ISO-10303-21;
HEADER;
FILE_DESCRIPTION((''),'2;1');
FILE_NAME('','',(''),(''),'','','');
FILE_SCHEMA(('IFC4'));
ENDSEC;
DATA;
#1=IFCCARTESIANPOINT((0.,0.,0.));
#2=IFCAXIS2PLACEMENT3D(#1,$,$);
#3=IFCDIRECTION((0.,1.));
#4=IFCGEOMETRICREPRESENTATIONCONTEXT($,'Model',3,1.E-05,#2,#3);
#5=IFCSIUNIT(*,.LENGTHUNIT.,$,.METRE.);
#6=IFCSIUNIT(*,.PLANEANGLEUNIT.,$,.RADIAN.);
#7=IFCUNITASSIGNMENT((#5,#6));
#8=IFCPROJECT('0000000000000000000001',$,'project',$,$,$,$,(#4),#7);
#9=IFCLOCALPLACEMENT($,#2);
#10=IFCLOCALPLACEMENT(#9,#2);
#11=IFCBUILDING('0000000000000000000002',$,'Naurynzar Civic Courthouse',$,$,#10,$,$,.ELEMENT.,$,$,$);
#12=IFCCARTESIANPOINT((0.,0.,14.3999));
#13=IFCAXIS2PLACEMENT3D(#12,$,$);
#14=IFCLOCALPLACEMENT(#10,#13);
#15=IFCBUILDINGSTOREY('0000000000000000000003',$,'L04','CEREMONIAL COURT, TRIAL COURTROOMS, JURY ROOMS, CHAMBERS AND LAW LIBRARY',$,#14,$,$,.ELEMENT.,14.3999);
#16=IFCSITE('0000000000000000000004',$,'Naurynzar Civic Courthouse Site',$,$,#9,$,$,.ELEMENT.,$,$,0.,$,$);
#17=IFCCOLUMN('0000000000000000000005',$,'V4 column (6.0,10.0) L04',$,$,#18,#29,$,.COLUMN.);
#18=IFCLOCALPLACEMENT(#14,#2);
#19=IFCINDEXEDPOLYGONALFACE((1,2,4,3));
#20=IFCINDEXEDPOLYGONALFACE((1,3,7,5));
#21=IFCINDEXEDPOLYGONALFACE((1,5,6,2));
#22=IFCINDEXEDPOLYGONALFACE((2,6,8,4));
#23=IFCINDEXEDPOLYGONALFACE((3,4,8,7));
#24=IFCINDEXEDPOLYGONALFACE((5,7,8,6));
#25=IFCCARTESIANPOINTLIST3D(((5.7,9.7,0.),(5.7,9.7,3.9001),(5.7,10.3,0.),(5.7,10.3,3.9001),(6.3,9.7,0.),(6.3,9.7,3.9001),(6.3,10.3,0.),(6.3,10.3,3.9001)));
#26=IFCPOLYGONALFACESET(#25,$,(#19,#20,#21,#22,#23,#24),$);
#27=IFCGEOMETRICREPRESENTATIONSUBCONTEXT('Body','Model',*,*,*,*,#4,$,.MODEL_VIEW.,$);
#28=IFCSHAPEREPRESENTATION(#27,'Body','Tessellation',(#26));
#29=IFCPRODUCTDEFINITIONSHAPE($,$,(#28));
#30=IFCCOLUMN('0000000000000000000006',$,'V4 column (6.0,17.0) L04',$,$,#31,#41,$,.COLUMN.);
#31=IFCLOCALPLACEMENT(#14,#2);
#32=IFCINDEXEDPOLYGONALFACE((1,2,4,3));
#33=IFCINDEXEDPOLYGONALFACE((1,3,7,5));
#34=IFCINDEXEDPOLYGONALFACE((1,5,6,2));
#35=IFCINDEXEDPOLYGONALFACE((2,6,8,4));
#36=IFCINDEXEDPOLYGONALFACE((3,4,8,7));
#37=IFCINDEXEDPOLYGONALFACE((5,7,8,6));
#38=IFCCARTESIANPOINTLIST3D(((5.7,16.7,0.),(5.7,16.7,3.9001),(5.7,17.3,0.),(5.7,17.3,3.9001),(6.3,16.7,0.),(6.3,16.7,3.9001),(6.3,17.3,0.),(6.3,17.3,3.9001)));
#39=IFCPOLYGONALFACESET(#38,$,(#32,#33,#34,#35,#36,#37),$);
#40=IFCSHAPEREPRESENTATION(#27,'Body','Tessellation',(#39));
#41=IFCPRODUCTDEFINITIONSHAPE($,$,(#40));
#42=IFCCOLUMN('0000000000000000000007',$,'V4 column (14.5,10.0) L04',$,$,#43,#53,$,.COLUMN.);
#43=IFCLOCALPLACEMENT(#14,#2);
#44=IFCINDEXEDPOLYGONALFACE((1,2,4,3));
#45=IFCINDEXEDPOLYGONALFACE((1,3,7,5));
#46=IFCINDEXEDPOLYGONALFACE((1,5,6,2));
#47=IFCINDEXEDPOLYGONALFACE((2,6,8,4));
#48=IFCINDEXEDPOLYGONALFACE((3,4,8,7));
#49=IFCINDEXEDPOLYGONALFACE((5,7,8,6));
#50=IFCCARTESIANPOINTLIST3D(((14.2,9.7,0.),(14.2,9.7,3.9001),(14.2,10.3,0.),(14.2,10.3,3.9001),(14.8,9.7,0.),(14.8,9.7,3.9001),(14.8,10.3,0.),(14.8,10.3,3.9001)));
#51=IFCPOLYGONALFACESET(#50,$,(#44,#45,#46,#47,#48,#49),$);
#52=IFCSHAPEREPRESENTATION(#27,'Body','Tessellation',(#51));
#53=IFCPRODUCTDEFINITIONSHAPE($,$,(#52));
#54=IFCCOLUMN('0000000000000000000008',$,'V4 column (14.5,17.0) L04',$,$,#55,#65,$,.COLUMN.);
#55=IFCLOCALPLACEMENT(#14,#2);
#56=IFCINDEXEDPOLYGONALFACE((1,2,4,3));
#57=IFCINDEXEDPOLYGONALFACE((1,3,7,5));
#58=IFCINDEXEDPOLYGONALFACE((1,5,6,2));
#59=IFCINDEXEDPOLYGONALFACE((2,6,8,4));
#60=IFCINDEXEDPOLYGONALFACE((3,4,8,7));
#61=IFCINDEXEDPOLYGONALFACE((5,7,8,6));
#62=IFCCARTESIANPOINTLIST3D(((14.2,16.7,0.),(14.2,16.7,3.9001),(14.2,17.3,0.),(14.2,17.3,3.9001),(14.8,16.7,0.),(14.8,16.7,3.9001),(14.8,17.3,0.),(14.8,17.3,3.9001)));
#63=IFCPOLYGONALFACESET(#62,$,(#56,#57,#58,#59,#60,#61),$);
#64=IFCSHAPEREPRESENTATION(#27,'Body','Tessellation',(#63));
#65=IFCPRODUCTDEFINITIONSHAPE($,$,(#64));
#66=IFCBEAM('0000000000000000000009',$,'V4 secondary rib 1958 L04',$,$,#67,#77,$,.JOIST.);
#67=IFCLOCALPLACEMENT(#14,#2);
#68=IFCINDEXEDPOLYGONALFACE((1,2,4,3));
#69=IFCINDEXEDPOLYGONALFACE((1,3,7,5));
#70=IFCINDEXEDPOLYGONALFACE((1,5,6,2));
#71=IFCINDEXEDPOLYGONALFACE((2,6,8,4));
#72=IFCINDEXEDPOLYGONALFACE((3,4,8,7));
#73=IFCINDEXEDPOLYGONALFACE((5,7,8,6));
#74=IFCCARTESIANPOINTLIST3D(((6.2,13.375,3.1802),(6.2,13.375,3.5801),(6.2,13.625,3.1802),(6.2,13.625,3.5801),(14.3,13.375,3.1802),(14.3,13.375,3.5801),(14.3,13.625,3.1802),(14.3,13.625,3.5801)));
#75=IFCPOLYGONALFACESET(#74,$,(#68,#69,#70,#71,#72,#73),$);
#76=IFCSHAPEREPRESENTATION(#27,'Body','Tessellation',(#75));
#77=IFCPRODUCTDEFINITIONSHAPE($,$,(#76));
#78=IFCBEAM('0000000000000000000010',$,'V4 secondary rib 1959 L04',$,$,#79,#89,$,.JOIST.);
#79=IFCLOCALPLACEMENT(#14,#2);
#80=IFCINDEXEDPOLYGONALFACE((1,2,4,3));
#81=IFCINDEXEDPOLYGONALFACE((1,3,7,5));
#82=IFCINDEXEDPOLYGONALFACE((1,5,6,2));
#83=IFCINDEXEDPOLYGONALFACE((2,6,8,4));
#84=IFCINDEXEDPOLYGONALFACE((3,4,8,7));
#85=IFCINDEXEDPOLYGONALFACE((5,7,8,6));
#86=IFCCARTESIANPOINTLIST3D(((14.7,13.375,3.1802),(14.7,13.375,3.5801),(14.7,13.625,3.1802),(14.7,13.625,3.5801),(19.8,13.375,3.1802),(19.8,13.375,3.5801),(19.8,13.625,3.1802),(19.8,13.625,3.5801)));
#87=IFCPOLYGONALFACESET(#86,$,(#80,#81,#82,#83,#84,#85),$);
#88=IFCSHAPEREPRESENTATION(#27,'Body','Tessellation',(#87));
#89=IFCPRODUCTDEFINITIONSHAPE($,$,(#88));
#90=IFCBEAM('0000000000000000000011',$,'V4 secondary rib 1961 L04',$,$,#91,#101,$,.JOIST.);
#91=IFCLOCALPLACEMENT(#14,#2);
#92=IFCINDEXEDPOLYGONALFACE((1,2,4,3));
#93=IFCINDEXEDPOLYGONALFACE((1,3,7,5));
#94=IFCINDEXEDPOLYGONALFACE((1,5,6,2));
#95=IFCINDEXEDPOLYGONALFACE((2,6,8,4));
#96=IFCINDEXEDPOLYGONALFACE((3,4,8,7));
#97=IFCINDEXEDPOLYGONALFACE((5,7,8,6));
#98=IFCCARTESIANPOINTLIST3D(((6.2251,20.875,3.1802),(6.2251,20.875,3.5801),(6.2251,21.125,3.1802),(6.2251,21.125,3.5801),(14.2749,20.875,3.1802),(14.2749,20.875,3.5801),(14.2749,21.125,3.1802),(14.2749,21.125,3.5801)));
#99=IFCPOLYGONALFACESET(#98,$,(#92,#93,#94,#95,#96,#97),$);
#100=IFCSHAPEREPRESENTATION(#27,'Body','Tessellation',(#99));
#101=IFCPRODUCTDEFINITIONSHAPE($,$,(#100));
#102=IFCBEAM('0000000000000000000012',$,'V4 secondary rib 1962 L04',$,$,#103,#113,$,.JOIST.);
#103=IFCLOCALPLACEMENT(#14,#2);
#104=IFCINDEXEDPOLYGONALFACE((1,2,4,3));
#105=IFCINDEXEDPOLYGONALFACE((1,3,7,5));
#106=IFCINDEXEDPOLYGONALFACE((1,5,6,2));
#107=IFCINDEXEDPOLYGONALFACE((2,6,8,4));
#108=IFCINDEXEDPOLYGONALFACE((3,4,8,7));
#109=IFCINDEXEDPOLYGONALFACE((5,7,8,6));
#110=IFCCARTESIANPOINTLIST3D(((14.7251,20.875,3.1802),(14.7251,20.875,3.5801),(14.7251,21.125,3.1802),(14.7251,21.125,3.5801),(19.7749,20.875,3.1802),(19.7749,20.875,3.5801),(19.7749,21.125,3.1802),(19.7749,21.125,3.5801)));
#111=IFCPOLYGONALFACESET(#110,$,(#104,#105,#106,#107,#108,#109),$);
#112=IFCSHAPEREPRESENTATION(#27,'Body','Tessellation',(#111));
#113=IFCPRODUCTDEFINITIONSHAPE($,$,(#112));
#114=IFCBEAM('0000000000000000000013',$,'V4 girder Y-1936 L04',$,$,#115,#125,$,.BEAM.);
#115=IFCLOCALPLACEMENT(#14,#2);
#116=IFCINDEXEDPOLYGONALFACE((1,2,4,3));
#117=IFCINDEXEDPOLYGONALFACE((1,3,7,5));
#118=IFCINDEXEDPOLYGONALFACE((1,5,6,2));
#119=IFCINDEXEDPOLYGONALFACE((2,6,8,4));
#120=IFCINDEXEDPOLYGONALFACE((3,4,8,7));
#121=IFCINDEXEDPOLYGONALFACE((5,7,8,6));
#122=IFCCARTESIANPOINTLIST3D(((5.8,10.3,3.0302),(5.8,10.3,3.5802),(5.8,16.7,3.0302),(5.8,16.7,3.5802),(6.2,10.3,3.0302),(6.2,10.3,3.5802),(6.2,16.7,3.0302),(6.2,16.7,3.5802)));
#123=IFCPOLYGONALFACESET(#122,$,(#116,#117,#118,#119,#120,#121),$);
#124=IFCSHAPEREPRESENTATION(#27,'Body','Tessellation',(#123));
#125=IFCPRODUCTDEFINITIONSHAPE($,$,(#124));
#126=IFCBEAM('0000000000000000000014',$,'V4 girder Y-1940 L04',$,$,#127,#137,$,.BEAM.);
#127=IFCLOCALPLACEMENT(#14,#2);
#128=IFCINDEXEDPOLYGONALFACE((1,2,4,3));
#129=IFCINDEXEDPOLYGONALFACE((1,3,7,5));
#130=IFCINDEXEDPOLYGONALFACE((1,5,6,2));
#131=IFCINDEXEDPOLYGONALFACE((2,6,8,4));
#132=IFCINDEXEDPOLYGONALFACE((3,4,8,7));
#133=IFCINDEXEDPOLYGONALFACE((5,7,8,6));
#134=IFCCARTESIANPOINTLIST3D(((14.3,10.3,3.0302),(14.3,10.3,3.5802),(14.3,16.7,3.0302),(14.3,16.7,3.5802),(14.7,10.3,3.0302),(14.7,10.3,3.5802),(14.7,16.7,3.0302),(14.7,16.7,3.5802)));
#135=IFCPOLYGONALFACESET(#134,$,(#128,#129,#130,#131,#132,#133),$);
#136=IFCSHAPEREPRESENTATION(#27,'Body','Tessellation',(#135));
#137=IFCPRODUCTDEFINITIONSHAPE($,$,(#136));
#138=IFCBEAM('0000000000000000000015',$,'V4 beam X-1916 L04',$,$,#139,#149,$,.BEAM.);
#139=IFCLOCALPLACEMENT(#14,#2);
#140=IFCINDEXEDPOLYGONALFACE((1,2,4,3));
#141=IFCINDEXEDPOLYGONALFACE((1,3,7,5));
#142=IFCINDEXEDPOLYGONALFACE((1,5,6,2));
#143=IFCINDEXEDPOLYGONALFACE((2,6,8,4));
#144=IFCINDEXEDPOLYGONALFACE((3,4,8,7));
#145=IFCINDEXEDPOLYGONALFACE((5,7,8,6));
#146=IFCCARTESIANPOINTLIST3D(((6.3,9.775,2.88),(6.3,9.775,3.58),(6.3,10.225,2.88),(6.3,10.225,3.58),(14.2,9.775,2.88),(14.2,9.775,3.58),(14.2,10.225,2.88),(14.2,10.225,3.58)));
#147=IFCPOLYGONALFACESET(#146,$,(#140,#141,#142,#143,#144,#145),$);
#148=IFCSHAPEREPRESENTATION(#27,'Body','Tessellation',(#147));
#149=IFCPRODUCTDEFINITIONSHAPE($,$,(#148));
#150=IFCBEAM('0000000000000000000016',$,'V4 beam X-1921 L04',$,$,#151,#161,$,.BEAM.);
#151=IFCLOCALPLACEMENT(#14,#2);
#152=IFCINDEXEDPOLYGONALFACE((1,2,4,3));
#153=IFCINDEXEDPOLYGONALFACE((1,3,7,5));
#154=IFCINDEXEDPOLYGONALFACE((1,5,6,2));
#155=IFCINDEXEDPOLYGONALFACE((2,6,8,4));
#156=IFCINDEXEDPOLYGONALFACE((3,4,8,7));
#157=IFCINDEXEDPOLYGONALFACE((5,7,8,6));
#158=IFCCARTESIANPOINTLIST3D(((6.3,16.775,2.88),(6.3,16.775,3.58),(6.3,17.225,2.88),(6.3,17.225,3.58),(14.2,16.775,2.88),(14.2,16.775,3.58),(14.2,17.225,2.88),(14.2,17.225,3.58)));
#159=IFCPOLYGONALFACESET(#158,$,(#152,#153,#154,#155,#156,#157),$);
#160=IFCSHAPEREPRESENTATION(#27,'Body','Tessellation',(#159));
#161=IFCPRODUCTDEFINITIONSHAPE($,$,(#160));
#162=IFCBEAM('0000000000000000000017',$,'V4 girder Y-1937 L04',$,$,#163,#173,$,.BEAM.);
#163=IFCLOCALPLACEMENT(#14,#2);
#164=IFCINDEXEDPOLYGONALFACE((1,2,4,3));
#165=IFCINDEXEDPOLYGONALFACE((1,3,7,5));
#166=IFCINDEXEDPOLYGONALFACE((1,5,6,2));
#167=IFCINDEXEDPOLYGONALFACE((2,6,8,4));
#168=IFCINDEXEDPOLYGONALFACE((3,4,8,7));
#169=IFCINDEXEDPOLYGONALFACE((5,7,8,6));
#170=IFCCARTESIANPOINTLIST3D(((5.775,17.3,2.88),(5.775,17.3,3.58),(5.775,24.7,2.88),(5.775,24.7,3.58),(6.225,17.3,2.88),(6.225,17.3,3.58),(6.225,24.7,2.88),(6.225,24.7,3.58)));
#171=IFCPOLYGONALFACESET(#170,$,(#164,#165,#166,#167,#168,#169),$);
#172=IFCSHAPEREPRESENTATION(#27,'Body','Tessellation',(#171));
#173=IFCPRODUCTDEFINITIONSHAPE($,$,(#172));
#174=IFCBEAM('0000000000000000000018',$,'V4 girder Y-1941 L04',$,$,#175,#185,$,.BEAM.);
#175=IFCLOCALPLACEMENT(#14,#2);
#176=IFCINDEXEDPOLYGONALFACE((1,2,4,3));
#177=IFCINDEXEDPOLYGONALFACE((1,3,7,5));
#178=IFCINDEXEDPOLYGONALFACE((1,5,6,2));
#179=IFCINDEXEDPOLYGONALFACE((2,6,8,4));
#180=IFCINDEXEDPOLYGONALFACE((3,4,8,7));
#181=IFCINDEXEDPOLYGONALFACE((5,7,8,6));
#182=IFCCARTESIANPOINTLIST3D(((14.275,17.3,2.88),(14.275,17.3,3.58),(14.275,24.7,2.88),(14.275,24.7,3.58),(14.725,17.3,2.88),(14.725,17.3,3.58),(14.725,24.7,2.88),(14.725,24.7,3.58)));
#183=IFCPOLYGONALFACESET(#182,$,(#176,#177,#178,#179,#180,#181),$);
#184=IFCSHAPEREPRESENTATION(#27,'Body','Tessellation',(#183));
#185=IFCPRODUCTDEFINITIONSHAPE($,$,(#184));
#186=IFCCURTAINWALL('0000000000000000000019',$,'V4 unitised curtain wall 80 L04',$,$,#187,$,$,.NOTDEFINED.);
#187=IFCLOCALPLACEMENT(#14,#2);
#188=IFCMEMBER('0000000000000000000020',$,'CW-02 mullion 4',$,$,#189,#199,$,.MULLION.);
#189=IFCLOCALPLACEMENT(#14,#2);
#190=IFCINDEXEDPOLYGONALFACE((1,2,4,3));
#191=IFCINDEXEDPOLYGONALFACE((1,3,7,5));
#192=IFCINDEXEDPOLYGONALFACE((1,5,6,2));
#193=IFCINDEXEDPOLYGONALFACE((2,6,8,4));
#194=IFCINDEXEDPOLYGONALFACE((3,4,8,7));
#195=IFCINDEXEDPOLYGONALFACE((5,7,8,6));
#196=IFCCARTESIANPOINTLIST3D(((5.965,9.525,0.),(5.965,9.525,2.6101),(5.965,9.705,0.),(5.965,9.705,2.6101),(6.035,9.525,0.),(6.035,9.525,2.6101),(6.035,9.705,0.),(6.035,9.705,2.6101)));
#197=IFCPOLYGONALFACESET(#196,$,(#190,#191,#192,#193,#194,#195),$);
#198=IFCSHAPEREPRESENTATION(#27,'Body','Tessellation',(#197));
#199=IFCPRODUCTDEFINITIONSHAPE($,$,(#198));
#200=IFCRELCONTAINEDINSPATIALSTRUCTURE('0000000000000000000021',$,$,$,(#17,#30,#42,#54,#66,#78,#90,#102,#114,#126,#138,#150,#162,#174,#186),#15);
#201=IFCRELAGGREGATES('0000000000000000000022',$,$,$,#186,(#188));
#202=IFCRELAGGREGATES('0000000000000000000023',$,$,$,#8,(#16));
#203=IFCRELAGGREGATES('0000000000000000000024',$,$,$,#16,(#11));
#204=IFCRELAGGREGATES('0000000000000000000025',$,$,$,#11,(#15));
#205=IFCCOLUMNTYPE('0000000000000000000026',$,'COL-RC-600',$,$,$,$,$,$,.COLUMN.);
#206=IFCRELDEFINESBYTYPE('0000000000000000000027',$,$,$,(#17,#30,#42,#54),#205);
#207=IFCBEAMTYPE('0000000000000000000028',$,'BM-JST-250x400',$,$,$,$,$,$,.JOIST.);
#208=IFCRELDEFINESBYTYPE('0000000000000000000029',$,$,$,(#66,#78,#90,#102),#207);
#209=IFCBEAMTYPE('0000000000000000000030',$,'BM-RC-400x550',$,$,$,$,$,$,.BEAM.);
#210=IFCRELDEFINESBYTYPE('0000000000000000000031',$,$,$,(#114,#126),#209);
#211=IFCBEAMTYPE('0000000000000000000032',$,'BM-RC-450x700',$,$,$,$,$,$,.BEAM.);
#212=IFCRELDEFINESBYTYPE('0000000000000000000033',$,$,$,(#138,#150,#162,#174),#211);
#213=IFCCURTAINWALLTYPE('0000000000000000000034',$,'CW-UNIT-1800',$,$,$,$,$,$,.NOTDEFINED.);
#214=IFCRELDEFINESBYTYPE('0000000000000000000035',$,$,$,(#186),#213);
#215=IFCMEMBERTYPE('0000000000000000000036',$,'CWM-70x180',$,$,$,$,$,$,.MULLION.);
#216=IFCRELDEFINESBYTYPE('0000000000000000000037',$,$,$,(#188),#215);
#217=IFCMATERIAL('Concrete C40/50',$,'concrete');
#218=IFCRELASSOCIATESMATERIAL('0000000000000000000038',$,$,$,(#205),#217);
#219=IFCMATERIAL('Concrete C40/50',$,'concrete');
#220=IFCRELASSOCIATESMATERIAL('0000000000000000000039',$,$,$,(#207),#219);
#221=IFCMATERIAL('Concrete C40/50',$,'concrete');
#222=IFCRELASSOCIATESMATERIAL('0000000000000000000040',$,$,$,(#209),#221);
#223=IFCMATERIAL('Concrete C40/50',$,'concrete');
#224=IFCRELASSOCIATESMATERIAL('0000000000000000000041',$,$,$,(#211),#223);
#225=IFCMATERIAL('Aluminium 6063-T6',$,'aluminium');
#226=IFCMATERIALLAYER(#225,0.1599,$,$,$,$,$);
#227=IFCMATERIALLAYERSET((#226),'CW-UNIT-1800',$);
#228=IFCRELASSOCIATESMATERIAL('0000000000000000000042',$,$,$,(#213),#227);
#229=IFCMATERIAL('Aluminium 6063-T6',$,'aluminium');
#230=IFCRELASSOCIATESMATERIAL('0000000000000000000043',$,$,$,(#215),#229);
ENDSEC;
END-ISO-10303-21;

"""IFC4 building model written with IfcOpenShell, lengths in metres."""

from ifc_helpers import new_model, si_unit, direction, frame, origin, origin_2d, place, context, subcontext, project, spatial, rectangle, extrude, material, layer, layer_set, material_profile, profile_set, type_object, element, aggregate, save


model = new_model("IFC4")

# Units and contexts
model_context = context("Model", 3, precision=1e-05, world=origin(), true_north=direction((0.0, 1.0)))
body_context = subcontext(model_context, "Body", "Model", "MODEL_VIEW")
ifc_project = project(units=[si_unit("LENGTHUNIT", "METRE"), si_unit("PLANEANGLEUNIT", "RADIAN")], contexts=[model_context])

# Site, building, storey
site_placement = place(None, origin())
site = spatial("IfcSite", under=ifc_project, at=site_placement, Name="Naurynzar Civic Courthouse Site", CompositionType="ELEMENT", RefElevation=0.0)
building_placement = place(site_placement, origin())
building = spatial("IfcBuilding", under=site, at=building_placement, Name="Naurynzar Civic Courthouse", CompositionType="ELEMENT")
storey_placement = place(building_placement, frame((0.0, 0.0, 14.3999)))
storey = spatial("IfcBuildingStorey", under=building, at=storey_placement, Name="L04", Description="CEREMONIAL COURT, TRIAL COURTROOMS, JURY ROOMS, CHAMBERS AND LAW LIBRARY", CompositionType="ELEMENT", Elevation=14.3999)

# Columns
ifc_material_1 = material(Name="Concrete C40/50", Category="concrete")
ifc_material_profile_1 = material_profile(ifc_material_1, rectangle(XDim=0.6001, YDim=0.6001, at=origin_2d()), Name="RC 600x600")
ifc_profile_set_1 = profile_set([ifc_material_profile_1], Name="Concrete C40/50")
column_type = type_object("IfcColumnType", Name="COL-RC-600", PredefinedType="COLUMN", material=ifc_profile_set_1)
for number, where, z_axis, x_axis, name in (
    (1, (6.0, 10.0, 0.0), (0.0, 0.0, 1.0), (1.0, 0.0, 0.0), "V4 column (6.0,10.0) L04"),
    (2, (6.0, 17.0, 0.0), (0.0, 0.0, 1.0), (1.0, 0.0, 0.0), "V4 column (6.0,17.0) L04"),
    (3, (14.5, 10.0, 0.0), (0.0, 0.0, 1.0), (1.0, 0.0, 0.0), "V4 column (14.5,10.0) L04"),
    (4, (14.5, 17.0, 0.0), (0.0, 0.0, 1.0), (1.0, 0.0, 0.0), "V4 column (14.5,17.0) L04"),
):
    element("IfcColumn", number, at=place(storey_placement, frame(where, z_axis=z_axis, x_axis=x_axis)), inside=storey, type_object=column_type, Name=name, PredefinedType="COLUMN", context=body_context, shape_type="SweptSolid", body=[
        extrude(rectangle(XDim=0.6001, YDim=0.6001, at=origin_2d()), origin(), (0.0, 0.0, 1.0), 3.9001),
    ])

# Beams
ifc_material_2 = material(Name="Concrete C40/50", Category="concrete")
ifc_material_profile_2 = material_profile(ifc_material_2, rectangle(XDim=0.25, YDim=0.3999, at=origin_2d()), Name="RCB 250x400")
ifc_profile_set_2 = profile_set([ifc_material_profile_2], Name="Concrete C40/50")
beam_type_1 = type_object("IfcBeamType", Name="BM-JST-250x400", PredefinedType="JOIST", material=ifc_profile_set_2)
beam_1_placement = place(storey_placement, frame((6.2, 13.5, 3.3801), z_axis=(1.0, 0.0, 0.0), x_axis=(0.0, 1.0, 0.0)))
element("IfcBeam", 5, at=beam_1_placement, inside=storey, type_object=beam_type_1, Name="V4 secondary rib 1958 L04", PredefinedType="JOIST", context=body_context, shape_type="SweptSolid", body=[
    extrude(rectangle(XDim=0.25, YDim=0.3999, at=origin_2d()), origin(), (0.0, 0.0, 1.0), 8.1001),
])
beam_2_placement = place(storey_placement, frame((14.7, 13.5, 3.3801), z_axis=(1.0, 0.0, 0.0), x_axis=(0.0, 1.0, 0.0)))
element("IfcBeam", 6, at=beam_2_placement, inside=storey, type_object=beam_type_1, Name="V4 secondary rib 1959 L04", PredefinedType="JOIST", context=body_context, shape_type="SweptSolid", body=[
    extrude(rectangle(XDim=0.25, YDim=0.3999, at=origin_2d()), origin(), (0.0, 0.0, 1.0), 5.1001),
])
beam_3_placement = place(storey_placement, frame((6.2251, 21.0, 3.3801), z_axis=(1.0, 0.0, 0.0), x_axis=(0.0, 1.0, 0.0)))
element("IfcBeam", 7, at=beam_3_placement, inside=storey, type_object=beam_type_1, Name="V4 secondary rib 1961 L04", PredefinedType="JOIST", context=body_context, shape_type="SweptSolid", body=[
    extrude(rectangle(XDim=0.25, YDim=0.3999, at=origin_2d()), origin(), (0.0, 0.0, 1.0), 8.0498),
])
beam_4_placement = place(storey_placement, frame((14.7251, 21.0, 3.3801), z_axis=(1.0, 0.0, 0.0), x_axis=(0.0, 1.0, 0.0)))
element("IfcBeam", 8, at=beam_4_placement, inside=storey, type_object=beam_type_1, Name="V4 secondary rib 1962 L04", PredefinedType="JOIST", context=body_context, shape_type="SweptSolid", body=[
    extrude(rectangle(XDim=0.25, YDim=0.3999, at=origin_2d()), origin(), (0.0, 0.0, 1.0), 5.0498),
])
ifc_material_3 = material(Name="Concrete C40/50", Category="concrete")
ifc_material_profile_3 = material_profile(ifc_material_3, rectangle(XDim=0.3999, YDim=0.55, at=origin_2d()), Name="RCB 400x550")
ifc_profile_set_3 = profile_set([ifc_material_profile_3], Name="Concrete C40/50")
beam_type_2 = type_object("IfcBeamType", Name="BM-RC-400x550", PredefinedType="BEAM", material=ifc_profile_set_3)
for number, where, z_axis, x_axis, name in (
    (9, (6.0, 10.3, 3.3052), (0.0, 1.0, 0.0), (-1.0, 0.0, 0.0), "V4 girder Y-1936 L04"),
    (10, (14.5, 10.3, 3.3052), (0.0, 1.0, 0.0), (-1.0, 0.0, 0.0), "V4 girder Y-1940 L04"),
):
    element("IfcBeam", number, at=place(storey_placement, frame(where, z_axis=z_axis, x_axis=x_axis)), inside=storey, type_object=beam_type_2, Name=name, PredefinedType="BEAM", context=body_context, shape_type="SweptSolid", body=[
        extrude(rectangle(XDim=0.3999, YDim=0.55, at=origin_2d()), origin(), (0.0, 0.0, 1.0), 6.3999),
    ])
ifc_material_4 = material(Name="Concrete C40/50", Category="concrete")
ifc_material_profile_4 = material_profile(ifc_material_4, rectangle(XDim=0.45, YDim=0.7, at=origin_2d()), Name="RCB 450x700")
ifc_profile_set_4 = profile_set([ifc_material_profile_4], Name="Concrete C40/50")
beam_type_3 = type_object("IfcBeamType", Name="BM-RC-450x700", PredefinedType="BEAM", material=ifc_profile_set_4)
for number, where, z_axis, x_axis, name in (
    (11, (6.3, 10.0, 3.23), (1.0, 0.0, 0.0), (0.0, 1.0, 0.0), "V4 beam X-1916 L04"),
    (12, (6.3, 17.0, 3.23), (1.0, 0.0, 0.0), (0.0, 1.0, 0.0), "V4 beam X-1921 L04"),
):
    element("IfcBeam", number, at=place(storey_placement, frame(where, z_axis=z_axis, x_axis=x_axis)), inside=storey, type_object=beam_type_3, Name=name, PredefinedType="BEAM", context=body_context, shape_type="SweptSolid", body=[
        extrude(rectangle(XDim=0.45, YDim=0.7, at=origin_2d()), origin(), (0.0, 0.0, 1.0), 7.8999),
    ])
for number, where, z_axis, x_axis, name in (
    (13, (6.0, 17.3, 3.23), (0.0, 1.0, 0.0), (-1.0, 0.0, 0.0), "V4 girder Y-1937 L04"),
    (14, (14.5, 17.3, 3.23), (0.0, 1.0, 0.0), (-1.0, 0.0, 0.0), "V4 girder Y-1941 L04"),
):
    element("IfcBeam", number, at=place(storey_placement, frame(where, z_axis=z_axis, x_axis=x_axis)), inside=storey, type_object=beam_type_3, Name=name, PredefinedType="BEAM", context=body_context, shape_type="SweptSolid", body=[
        extrude(rectangle(XDim=0.45, YDim=0.7, at=origin_2d()), origin(), (0.0, 0.0, 1.0), 7.3999),
    ])

# Curtain wall, member
ifc_material_5 = material(Name="Aluminium 6063-T6", Category="aluminium")
ifc_layer_1 = layer(ifc_material_5, 0.1599)
ifc_layer_set_1 = layer_set([ifc_layer_1], Name="CW-UNIT-1800")
curtain_wall_type = type_object("IfcCurtainWallType", Name="CW-UNIT-1800", PredefinedType="NOTDEFINED", material=ifc_layer_set_1)
curtain_wall_1_placement = place(storey_placement, origin())
curtain_wall_1 = element("IfcCurtainWall", 15, at=curtain_wall_1_placement, inside=storey, type_object=curtain_wall_type, Name="V4 unitised curtain wall 80 L04", PredefinedType="NOTDEFINED")
ifc_material_6 = material(Name="Aluminium 6063-T6", Category="aluminium")
ifc_material_profile_5 = material_profile(ifc_material_6, rectangle(XDim=0.0701, YDim=0.1799, at=origin_2d()), Name="ALU MULLION 70x180")
ifc_profile_set_5 = profile_set([ifc_material_profile_5], Name="Aluminium 6063-T6")
member_type_1 = type_object("IfcMemberType", Name="CWM-70x180", PredefinedType="MULLION", material=ifc_profile_set_5)
member_1_placement = place(storey_placement, frame((6.0, 9.615, 0.0), z_axis=(0.0, 0.0, 1.0), x_axis=(-1.0, 0.0, 0.0)))
member_1 = element("IfcMember", 16, at=member_1_placement, type_object=member_type_1, Name="CW-02 mullion 4", PredefinedType="MULLION", context=body_context, shape_type="SweptSolid", body=[
    extrude(rectangle(XDim=0.0701, YDim=0.1799, at=origin_2d()), origin(), (0.0, 0.0, 1.0), 2.6101),
])

aggregate(curtain_wall_1, [member_1])

save(model, "model.ifc")
